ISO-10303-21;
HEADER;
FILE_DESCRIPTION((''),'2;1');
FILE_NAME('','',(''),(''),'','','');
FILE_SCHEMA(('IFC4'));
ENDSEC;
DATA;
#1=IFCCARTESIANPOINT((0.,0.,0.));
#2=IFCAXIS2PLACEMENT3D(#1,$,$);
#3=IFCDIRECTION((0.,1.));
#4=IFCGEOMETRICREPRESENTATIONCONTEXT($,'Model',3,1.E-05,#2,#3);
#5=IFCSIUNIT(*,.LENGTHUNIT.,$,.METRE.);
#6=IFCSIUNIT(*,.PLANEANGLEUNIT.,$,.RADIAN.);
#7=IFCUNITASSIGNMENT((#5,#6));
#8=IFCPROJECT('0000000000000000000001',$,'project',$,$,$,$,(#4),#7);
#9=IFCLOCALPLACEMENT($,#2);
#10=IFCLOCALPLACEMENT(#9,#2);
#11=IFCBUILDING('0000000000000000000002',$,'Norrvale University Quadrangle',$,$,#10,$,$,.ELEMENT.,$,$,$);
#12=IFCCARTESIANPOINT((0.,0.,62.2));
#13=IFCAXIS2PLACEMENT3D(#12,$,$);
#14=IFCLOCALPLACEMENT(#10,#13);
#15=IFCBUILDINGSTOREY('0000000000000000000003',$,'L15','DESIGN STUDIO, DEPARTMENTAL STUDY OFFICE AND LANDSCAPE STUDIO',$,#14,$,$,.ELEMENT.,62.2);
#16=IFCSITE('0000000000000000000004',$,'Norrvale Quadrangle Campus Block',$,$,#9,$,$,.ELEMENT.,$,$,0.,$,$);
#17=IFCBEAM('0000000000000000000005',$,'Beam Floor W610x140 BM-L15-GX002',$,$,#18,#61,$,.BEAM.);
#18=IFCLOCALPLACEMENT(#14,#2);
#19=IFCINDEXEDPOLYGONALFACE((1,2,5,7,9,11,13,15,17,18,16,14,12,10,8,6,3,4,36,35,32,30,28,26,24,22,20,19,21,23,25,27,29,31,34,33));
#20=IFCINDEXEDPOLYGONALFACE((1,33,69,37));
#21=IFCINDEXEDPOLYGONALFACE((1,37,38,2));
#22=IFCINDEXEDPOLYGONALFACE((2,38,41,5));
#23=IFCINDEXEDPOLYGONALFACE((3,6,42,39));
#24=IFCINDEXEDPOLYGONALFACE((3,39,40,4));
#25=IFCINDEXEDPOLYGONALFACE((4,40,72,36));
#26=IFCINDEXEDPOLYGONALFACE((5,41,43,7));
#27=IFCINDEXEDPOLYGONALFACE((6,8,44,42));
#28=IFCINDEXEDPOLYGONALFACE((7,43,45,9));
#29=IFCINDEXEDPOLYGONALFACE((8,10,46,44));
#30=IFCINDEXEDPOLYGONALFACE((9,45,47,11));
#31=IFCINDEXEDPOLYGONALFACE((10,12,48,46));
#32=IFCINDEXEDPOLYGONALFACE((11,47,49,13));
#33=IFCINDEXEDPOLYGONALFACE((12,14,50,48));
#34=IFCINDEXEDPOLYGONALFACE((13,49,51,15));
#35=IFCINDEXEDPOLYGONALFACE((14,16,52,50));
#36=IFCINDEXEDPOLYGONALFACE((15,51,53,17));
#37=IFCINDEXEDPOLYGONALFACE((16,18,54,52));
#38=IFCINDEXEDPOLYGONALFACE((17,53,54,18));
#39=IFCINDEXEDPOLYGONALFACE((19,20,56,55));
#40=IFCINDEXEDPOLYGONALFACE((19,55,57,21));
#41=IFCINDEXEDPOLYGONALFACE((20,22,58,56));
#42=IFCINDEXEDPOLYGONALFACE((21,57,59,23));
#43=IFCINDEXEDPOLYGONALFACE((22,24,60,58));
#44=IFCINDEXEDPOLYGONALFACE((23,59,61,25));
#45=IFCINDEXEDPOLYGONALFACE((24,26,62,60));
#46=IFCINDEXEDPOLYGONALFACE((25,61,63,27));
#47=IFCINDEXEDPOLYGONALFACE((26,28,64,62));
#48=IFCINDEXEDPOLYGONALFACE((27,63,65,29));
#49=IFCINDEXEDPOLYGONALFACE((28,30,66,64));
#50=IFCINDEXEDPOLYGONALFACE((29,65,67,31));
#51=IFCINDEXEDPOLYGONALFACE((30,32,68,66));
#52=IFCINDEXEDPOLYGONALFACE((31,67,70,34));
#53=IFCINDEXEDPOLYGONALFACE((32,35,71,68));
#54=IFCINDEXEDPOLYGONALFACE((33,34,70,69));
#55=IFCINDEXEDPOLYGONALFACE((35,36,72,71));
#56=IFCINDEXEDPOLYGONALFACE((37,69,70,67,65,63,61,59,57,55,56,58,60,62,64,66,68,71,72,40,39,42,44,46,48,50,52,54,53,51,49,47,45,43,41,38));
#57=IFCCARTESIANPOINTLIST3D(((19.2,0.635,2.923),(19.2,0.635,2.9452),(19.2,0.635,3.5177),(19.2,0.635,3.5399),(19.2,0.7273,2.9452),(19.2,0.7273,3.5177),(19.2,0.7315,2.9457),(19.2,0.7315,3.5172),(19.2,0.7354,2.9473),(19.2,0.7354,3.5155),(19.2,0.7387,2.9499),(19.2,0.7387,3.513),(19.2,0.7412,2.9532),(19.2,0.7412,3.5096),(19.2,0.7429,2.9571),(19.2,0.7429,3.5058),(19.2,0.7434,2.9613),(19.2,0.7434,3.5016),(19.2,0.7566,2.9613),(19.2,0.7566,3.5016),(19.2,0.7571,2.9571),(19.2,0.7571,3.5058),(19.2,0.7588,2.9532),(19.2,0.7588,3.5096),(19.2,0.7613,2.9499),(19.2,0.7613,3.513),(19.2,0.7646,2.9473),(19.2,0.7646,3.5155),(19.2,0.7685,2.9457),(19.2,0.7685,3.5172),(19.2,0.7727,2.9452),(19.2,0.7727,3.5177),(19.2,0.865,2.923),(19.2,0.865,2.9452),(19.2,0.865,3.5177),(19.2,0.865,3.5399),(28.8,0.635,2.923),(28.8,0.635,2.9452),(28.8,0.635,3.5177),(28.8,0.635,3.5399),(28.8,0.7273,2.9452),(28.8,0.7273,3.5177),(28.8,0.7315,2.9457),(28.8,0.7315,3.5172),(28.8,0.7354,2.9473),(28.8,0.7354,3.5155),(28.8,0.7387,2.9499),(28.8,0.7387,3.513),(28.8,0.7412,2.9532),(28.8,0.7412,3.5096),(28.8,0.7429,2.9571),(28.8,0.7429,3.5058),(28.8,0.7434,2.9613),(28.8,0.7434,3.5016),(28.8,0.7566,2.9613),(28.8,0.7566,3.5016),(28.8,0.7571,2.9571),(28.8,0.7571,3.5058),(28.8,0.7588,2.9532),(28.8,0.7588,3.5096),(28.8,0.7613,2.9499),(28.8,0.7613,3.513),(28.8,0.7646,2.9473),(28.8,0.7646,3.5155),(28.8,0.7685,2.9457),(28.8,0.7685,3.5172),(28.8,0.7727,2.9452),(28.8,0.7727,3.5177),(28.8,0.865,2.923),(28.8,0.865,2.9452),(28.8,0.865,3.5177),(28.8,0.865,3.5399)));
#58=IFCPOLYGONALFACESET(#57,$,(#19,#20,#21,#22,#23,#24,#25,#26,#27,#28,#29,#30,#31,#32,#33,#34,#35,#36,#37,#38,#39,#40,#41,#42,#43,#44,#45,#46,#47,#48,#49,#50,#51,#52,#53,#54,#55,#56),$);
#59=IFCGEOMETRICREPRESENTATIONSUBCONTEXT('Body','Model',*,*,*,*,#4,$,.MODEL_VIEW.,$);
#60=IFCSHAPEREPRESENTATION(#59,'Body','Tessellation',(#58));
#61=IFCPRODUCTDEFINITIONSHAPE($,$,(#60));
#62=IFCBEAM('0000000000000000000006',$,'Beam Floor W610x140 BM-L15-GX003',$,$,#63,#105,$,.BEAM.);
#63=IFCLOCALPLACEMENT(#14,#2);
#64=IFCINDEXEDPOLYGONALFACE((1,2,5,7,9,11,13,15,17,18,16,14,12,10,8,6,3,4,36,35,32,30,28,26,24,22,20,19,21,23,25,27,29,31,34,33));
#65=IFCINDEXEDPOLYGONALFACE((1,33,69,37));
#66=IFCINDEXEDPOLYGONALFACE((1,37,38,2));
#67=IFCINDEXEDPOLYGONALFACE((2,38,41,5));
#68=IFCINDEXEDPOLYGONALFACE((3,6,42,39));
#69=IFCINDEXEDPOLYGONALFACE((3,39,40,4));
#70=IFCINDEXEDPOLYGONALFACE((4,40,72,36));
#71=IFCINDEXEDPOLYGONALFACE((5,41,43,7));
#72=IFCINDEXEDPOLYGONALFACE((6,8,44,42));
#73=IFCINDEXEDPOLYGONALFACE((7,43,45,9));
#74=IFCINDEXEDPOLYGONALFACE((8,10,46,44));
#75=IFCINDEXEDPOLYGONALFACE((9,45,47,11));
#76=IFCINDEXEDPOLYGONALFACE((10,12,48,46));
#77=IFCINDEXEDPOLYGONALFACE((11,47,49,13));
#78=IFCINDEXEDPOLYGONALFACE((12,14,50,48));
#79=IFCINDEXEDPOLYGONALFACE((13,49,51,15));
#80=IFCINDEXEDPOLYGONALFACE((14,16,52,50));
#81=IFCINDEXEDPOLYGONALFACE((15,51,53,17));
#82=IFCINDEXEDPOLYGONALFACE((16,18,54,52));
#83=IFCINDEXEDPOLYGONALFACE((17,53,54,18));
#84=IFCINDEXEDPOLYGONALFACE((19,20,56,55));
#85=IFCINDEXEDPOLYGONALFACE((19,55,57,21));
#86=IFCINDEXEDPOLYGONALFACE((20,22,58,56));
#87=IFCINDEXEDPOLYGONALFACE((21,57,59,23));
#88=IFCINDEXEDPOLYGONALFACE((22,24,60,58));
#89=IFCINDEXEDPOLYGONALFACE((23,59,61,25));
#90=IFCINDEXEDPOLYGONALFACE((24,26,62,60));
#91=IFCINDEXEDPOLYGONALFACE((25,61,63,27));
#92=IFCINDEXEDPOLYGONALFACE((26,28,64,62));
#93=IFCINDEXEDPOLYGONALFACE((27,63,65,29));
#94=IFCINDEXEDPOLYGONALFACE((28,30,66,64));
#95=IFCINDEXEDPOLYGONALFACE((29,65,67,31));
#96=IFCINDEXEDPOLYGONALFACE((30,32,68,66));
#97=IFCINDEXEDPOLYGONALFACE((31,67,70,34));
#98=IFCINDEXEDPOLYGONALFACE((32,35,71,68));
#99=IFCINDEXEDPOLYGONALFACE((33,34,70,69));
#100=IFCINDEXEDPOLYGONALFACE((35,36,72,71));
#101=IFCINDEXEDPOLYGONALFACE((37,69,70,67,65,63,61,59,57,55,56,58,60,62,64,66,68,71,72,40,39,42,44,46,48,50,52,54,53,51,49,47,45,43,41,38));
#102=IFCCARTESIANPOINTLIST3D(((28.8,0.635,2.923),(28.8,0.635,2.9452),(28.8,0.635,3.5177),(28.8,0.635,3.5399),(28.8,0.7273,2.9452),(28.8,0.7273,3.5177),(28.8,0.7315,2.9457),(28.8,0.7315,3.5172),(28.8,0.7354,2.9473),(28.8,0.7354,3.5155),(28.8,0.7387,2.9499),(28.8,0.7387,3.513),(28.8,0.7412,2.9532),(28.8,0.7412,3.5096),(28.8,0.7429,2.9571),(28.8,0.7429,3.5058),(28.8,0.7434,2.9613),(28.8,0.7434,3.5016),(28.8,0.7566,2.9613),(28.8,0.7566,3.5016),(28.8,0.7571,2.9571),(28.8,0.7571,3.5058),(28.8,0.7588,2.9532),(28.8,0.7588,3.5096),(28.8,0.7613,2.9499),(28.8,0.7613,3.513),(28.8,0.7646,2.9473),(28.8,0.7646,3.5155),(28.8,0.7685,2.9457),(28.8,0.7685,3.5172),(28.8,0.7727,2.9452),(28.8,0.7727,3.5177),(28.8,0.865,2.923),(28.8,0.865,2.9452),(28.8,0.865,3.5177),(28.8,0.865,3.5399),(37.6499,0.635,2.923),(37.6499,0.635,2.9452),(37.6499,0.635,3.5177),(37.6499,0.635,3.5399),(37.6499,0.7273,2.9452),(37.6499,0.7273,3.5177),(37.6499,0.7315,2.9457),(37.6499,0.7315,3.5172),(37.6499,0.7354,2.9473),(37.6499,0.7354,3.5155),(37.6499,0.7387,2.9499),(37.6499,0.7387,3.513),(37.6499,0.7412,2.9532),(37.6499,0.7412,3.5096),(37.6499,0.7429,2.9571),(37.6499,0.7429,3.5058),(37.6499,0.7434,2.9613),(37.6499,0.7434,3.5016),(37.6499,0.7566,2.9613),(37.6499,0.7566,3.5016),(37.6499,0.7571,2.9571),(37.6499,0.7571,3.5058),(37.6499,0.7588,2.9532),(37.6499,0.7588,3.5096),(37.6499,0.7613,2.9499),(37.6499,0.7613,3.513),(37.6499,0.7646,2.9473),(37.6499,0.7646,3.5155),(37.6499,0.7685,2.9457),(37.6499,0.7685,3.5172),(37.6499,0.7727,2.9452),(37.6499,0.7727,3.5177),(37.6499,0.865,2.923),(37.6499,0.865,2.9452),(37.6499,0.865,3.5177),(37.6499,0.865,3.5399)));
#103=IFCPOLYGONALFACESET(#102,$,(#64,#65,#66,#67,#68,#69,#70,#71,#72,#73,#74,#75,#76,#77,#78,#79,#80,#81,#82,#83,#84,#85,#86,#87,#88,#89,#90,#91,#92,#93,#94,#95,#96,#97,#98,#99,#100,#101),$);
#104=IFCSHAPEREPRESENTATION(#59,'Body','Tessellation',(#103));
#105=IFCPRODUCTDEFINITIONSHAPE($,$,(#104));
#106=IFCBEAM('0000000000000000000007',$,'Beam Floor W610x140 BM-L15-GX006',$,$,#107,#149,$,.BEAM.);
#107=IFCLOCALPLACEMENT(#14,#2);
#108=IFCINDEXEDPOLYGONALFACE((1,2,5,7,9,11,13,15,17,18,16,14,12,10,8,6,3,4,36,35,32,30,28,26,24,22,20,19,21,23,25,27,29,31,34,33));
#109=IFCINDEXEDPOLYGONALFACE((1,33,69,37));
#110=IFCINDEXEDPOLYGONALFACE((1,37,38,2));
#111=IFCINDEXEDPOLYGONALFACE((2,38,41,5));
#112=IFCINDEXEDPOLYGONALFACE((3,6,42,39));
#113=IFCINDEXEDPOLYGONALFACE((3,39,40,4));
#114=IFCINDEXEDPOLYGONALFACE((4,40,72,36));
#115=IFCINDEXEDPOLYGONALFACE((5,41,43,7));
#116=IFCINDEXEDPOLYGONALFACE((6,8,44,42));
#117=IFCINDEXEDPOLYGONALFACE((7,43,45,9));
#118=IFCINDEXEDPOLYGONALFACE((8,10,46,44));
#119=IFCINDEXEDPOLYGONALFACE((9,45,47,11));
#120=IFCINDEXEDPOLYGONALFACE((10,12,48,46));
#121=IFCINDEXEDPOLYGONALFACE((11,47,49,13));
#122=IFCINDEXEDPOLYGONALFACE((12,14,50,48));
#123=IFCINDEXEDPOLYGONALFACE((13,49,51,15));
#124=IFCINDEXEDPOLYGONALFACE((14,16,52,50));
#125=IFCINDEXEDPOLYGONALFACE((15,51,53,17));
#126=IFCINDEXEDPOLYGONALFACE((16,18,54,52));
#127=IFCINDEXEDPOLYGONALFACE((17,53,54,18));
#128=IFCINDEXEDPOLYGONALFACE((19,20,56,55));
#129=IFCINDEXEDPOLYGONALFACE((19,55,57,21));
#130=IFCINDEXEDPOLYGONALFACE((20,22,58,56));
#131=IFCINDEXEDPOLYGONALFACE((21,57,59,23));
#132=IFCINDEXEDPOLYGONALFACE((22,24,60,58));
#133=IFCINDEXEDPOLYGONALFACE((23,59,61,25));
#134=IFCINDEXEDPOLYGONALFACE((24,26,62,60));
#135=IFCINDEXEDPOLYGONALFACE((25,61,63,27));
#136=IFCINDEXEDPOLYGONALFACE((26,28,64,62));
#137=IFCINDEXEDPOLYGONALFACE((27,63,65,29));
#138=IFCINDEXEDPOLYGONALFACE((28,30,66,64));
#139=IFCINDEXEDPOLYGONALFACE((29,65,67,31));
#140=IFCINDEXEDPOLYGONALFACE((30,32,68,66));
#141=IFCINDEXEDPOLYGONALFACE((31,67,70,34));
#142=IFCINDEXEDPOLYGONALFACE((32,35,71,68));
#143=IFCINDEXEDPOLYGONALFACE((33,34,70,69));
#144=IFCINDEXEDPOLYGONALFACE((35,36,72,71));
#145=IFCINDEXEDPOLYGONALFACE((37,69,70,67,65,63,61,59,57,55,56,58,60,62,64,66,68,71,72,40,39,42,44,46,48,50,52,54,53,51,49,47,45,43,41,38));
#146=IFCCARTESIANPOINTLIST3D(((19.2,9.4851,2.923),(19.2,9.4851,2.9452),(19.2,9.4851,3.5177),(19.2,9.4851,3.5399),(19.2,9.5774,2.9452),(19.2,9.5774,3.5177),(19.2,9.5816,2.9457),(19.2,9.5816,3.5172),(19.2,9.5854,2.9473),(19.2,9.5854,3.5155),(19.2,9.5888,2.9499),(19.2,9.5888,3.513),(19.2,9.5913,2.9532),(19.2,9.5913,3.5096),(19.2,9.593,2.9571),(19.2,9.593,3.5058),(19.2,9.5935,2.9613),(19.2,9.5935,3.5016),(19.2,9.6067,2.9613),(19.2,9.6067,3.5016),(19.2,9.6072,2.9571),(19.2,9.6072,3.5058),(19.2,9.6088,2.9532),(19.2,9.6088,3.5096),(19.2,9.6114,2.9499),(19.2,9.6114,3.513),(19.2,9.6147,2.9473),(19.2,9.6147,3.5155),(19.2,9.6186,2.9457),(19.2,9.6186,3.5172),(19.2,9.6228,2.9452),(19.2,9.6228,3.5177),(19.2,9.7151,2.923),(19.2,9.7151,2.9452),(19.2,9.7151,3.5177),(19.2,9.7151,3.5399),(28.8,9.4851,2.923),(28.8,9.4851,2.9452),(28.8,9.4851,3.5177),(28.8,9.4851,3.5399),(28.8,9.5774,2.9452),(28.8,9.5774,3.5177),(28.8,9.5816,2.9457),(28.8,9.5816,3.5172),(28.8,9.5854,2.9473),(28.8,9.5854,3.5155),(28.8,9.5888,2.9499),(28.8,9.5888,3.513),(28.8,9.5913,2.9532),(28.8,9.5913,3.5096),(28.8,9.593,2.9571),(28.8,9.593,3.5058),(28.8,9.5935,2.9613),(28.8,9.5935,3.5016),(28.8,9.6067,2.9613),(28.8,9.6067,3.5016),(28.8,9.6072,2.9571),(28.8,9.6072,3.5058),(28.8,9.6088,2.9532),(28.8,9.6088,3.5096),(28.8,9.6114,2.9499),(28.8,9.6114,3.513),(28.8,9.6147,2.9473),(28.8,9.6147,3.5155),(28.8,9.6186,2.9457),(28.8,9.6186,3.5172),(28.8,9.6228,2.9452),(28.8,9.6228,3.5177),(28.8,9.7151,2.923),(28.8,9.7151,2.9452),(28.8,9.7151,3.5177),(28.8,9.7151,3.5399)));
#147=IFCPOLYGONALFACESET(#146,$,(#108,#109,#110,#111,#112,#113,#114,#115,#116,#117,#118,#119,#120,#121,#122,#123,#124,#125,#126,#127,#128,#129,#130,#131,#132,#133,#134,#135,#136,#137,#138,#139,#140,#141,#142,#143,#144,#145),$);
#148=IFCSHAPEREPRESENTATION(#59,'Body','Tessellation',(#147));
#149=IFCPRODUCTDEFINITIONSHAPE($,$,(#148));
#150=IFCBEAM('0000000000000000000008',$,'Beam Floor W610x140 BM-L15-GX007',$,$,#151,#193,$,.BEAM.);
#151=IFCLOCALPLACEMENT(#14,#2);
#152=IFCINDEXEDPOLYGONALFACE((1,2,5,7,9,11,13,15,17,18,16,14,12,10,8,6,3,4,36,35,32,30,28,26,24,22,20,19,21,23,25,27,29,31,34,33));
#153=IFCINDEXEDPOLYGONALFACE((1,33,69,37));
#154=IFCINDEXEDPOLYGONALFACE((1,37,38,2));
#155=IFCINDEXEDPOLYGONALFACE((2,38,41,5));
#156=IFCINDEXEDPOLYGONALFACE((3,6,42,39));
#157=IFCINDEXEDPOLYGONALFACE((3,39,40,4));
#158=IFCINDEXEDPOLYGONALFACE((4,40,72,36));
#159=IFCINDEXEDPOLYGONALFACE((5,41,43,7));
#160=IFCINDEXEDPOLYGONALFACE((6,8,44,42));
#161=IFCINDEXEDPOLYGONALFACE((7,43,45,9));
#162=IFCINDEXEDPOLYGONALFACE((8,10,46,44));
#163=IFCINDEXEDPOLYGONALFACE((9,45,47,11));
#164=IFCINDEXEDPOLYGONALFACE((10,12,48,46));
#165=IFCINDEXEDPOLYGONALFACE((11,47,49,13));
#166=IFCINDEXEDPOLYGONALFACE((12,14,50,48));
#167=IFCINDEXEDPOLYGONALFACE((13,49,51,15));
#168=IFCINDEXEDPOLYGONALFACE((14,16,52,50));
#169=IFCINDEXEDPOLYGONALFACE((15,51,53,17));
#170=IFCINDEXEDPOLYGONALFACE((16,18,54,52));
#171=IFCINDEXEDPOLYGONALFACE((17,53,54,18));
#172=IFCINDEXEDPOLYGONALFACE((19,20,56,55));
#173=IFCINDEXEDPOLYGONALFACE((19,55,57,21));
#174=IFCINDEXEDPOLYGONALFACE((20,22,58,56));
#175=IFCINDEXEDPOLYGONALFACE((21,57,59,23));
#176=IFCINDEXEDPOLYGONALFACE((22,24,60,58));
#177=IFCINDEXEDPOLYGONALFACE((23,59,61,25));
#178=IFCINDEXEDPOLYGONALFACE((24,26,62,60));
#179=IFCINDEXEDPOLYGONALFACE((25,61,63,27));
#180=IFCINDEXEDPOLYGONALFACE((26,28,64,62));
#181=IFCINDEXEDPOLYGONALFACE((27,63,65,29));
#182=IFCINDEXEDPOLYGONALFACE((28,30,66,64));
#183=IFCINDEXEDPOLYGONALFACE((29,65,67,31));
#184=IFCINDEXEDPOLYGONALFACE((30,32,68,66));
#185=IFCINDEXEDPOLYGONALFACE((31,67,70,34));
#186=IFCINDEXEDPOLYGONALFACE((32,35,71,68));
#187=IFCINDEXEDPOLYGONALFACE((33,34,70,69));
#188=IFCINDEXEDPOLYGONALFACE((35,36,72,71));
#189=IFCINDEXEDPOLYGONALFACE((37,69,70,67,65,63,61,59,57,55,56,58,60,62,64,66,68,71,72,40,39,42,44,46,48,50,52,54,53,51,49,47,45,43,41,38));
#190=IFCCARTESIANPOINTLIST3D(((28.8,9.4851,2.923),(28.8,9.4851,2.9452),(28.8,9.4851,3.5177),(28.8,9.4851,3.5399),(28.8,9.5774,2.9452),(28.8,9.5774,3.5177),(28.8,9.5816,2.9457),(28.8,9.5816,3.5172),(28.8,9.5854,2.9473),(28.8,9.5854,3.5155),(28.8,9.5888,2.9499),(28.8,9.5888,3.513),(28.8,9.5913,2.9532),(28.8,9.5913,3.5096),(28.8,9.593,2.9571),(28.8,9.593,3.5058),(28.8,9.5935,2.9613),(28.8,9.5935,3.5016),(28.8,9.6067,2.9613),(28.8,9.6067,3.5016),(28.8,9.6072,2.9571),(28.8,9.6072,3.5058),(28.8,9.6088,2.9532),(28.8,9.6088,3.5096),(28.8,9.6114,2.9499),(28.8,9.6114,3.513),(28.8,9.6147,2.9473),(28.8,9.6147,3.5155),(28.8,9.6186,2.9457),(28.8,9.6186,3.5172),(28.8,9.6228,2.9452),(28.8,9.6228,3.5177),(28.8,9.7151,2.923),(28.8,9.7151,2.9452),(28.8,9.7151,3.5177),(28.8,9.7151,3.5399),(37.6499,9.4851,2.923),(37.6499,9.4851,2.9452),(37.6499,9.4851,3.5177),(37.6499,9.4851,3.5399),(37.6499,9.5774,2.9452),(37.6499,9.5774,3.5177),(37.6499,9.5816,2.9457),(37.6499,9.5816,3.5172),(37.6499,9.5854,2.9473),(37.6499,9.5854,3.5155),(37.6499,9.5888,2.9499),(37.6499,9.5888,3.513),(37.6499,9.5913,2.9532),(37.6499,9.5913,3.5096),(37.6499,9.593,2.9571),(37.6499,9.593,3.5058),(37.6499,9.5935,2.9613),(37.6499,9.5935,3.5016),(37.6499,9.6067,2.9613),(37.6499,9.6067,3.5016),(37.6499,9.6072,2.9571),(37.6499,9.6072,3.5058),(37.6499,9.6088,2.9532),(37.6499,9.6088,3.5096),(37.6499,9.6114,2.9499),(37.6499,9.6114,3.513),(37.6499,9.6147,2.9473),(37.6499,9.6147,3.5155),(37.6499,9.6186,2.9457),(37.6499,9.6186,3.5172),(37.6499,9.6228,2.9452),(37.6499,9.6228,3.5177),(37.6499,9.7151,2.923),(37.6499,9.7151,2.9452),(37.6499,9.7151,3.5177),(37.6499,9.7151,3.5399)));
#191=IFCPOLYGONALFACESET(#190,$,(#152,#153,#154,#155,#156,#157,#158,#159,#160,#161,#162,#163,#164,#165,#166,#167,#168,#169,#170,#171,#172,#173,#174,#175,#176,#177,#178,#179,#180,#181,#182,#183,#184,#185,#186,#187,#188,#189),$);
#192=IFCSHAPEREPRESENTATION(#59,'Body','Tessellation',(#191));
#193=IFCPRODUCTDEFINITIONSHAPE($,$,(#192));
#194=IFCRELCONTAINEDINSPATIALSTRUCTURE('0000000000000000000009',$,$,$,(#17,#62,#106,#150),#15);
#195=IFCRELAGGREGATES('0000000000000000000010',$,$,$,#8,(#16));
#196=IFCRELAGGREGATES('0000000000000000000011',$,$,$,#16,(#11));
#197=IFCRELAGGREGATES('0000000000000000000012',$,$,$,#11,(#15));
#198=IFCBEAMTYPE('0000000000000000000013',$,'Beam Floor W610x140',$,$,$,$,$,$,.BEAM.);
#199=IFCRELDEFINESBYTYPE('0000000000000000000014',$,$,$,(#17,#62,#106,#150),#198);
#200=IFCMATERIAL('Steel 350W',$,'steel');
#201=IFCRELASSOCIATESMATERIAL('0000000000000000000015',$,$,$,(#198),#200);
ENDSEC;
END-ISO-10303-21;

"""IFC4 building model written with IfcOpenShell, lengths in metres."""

from ifc_helpers import new_model, si_unit, direction, frame, origin, origin_2d, place, context, subcontext, project, spatial, i_section, extrude, material, material_profile, profile_set, type_object, element, save


model = new_model("IFC4")

# Units and contexts
model_context = context("Model", 3, precision=1e-05, world=origin(), true_north=direction((0.0, 1.0)))
body_context = subcontext(model_context, "Body", "Model", "MODEL_VIEW")
ifc_project = project(units=[si_unit("LENGTHUNIT", "METRE"), si_unit("PLANEANGLEUNIT", "RADIAN")], contexts=[model_context])

# Site, building, storey
site_placement = place(None, origin())
site = spatial("IfcSite", under=ifc_project, at=site_placement, Name="Norrvale Quadrangle Campus Block", CompositionType="ELEMENT", RefElevation=0.0)
building_placement = place(site_placement, origin())
building = spatial("IfcBuilding", under=site, at=building_placement, Name="Norrvale University Quadrangle", CompositionType="ELEMENT")
storey_placement = place(building_placement, frame((0.0, 0.0, 62.2)))
storey = spatial("IfcBuildingStorey", under=building, at=storey_placement, Name="L15", Description="DESIGN STUDIO, DEPARTMENTAL STUDY OFFICE AND LANDSCAPE STUDIO", CompositionType="ELEMENT", Elevation=62.2)

# Beams
ifc_material_1 = material(Name="Steel 350W", Category="steel")
ifc_material_profile_1 = material_profile(ifc_material_1, i_section(OverallWidth=0.23, OverallDepth=0.6169, WebThickness=0.0132, FlangeThickness=0.0222, FilletRadius=0.0161, at=origin_2d()), Name="Steel 350W")
ifc_profile_set_1 = profile_set([ifc_material_profile_1], Name="Steel 350W")
beam_type_1 = type_object("IfcBeamType", Name="Beam Floor W610x140", PredefinedType="BEAM", material=ifc_profile_set_1)
beam_1_placement = place(storey_placement, frame((19.2, 0.75, 3.2314), z_axis=(1.0, 0.0, 0.0), x_axis=(0.0, 1.0, 0.0)))
element("IfcBeam", 1, at=beam_1_placement, inside=storey, type_object=beam_type_1, Name="Beam Floor W610x140 BM-L15-GX002", PredefinedType="BEAM", context=body_context, shape_type="SweptSolid", body=[
    extrude(i_section(OverallWidth=0.23, OverallDepth=0.6169, WebThickness=0.0132, FlangeThickness=0.0222, FilletRadius=0.0161, at=origin_2d()), origin(), (0.0, 0.0, 1.0), 9.6001),
])
beam_2_placement = place(storey_placement, frame((28.8, 0.75, 3.2314), z_axis=(1.0, 0.0, 0.0), x_axis=(0.0, 1.0, 0.0)))
element("IfcBeam", 2, at=beam_2_placement, inside=storey, type_object=beam_type_1, Name="Beam Floor W610x140 BM-L15-GX003", PredefinedType="BEAM", context=body_context, shape_type="SweptSolid", body=[
    extrude(i_section(OverallWidth=0.23, OverallDepth=0.6169, WebThickness=0.0132, FlangeThickness=0.0222, FilletRadius=0.0161, at=origin_2d()), origin(), (0.0, 0.0, 1.0), 8.8499),
])
beam_3_placement = place(storey_placement, frame((19.2, 9.6001, 3.2314), z_axis=(1.0, 0.0, 0.0), x_axis=(0.0, 1.0, 0.0)))
element("IfcBeam", 3, at=beam_3_placement, inside=storey, type_object=beam_type_1, Name="Beam Floor W610x140 BM-L15-GX006", PredefinedType="BEAM", context=body_context, shape_type="SweptSolid", body=[
    extrude(i_section(OverallWidth=0.23, OverallDepth=0.6169, WebThickness=0.0132, FlangeThickness=0.0222, FilletRadius=0.0161, at=origin_2d()), origin(), (0.0, 0.0, 1.0), 9.6001),
])
beam_4_placement = place(storey_placement, frame((28.8, 9.6001, 3.2314), z_axis=(1.0, 0.0, 0.0), x_axis=(0.0, 1.0, 0.0)))
element("IfcBeam", 4, at=beam_4_placement, inside=storey, type_object=beam_type_1, Name="Beam Floor W610x140 BM-L15-GX007", PredefinedType="BEAM", context=body_context, shape_type="SweptSolid", body=[
    extrude(i_section(OverallWidth=0.23, OverallDepth=0.6169, WebThickness=0.0132, FlangeThickness=0.0222, FilletRadius=0.0161, at=origin_2d()), origin(), (0.0, 0.0, 1.0), 8.8499),
])

save(model, "model.ifc")
